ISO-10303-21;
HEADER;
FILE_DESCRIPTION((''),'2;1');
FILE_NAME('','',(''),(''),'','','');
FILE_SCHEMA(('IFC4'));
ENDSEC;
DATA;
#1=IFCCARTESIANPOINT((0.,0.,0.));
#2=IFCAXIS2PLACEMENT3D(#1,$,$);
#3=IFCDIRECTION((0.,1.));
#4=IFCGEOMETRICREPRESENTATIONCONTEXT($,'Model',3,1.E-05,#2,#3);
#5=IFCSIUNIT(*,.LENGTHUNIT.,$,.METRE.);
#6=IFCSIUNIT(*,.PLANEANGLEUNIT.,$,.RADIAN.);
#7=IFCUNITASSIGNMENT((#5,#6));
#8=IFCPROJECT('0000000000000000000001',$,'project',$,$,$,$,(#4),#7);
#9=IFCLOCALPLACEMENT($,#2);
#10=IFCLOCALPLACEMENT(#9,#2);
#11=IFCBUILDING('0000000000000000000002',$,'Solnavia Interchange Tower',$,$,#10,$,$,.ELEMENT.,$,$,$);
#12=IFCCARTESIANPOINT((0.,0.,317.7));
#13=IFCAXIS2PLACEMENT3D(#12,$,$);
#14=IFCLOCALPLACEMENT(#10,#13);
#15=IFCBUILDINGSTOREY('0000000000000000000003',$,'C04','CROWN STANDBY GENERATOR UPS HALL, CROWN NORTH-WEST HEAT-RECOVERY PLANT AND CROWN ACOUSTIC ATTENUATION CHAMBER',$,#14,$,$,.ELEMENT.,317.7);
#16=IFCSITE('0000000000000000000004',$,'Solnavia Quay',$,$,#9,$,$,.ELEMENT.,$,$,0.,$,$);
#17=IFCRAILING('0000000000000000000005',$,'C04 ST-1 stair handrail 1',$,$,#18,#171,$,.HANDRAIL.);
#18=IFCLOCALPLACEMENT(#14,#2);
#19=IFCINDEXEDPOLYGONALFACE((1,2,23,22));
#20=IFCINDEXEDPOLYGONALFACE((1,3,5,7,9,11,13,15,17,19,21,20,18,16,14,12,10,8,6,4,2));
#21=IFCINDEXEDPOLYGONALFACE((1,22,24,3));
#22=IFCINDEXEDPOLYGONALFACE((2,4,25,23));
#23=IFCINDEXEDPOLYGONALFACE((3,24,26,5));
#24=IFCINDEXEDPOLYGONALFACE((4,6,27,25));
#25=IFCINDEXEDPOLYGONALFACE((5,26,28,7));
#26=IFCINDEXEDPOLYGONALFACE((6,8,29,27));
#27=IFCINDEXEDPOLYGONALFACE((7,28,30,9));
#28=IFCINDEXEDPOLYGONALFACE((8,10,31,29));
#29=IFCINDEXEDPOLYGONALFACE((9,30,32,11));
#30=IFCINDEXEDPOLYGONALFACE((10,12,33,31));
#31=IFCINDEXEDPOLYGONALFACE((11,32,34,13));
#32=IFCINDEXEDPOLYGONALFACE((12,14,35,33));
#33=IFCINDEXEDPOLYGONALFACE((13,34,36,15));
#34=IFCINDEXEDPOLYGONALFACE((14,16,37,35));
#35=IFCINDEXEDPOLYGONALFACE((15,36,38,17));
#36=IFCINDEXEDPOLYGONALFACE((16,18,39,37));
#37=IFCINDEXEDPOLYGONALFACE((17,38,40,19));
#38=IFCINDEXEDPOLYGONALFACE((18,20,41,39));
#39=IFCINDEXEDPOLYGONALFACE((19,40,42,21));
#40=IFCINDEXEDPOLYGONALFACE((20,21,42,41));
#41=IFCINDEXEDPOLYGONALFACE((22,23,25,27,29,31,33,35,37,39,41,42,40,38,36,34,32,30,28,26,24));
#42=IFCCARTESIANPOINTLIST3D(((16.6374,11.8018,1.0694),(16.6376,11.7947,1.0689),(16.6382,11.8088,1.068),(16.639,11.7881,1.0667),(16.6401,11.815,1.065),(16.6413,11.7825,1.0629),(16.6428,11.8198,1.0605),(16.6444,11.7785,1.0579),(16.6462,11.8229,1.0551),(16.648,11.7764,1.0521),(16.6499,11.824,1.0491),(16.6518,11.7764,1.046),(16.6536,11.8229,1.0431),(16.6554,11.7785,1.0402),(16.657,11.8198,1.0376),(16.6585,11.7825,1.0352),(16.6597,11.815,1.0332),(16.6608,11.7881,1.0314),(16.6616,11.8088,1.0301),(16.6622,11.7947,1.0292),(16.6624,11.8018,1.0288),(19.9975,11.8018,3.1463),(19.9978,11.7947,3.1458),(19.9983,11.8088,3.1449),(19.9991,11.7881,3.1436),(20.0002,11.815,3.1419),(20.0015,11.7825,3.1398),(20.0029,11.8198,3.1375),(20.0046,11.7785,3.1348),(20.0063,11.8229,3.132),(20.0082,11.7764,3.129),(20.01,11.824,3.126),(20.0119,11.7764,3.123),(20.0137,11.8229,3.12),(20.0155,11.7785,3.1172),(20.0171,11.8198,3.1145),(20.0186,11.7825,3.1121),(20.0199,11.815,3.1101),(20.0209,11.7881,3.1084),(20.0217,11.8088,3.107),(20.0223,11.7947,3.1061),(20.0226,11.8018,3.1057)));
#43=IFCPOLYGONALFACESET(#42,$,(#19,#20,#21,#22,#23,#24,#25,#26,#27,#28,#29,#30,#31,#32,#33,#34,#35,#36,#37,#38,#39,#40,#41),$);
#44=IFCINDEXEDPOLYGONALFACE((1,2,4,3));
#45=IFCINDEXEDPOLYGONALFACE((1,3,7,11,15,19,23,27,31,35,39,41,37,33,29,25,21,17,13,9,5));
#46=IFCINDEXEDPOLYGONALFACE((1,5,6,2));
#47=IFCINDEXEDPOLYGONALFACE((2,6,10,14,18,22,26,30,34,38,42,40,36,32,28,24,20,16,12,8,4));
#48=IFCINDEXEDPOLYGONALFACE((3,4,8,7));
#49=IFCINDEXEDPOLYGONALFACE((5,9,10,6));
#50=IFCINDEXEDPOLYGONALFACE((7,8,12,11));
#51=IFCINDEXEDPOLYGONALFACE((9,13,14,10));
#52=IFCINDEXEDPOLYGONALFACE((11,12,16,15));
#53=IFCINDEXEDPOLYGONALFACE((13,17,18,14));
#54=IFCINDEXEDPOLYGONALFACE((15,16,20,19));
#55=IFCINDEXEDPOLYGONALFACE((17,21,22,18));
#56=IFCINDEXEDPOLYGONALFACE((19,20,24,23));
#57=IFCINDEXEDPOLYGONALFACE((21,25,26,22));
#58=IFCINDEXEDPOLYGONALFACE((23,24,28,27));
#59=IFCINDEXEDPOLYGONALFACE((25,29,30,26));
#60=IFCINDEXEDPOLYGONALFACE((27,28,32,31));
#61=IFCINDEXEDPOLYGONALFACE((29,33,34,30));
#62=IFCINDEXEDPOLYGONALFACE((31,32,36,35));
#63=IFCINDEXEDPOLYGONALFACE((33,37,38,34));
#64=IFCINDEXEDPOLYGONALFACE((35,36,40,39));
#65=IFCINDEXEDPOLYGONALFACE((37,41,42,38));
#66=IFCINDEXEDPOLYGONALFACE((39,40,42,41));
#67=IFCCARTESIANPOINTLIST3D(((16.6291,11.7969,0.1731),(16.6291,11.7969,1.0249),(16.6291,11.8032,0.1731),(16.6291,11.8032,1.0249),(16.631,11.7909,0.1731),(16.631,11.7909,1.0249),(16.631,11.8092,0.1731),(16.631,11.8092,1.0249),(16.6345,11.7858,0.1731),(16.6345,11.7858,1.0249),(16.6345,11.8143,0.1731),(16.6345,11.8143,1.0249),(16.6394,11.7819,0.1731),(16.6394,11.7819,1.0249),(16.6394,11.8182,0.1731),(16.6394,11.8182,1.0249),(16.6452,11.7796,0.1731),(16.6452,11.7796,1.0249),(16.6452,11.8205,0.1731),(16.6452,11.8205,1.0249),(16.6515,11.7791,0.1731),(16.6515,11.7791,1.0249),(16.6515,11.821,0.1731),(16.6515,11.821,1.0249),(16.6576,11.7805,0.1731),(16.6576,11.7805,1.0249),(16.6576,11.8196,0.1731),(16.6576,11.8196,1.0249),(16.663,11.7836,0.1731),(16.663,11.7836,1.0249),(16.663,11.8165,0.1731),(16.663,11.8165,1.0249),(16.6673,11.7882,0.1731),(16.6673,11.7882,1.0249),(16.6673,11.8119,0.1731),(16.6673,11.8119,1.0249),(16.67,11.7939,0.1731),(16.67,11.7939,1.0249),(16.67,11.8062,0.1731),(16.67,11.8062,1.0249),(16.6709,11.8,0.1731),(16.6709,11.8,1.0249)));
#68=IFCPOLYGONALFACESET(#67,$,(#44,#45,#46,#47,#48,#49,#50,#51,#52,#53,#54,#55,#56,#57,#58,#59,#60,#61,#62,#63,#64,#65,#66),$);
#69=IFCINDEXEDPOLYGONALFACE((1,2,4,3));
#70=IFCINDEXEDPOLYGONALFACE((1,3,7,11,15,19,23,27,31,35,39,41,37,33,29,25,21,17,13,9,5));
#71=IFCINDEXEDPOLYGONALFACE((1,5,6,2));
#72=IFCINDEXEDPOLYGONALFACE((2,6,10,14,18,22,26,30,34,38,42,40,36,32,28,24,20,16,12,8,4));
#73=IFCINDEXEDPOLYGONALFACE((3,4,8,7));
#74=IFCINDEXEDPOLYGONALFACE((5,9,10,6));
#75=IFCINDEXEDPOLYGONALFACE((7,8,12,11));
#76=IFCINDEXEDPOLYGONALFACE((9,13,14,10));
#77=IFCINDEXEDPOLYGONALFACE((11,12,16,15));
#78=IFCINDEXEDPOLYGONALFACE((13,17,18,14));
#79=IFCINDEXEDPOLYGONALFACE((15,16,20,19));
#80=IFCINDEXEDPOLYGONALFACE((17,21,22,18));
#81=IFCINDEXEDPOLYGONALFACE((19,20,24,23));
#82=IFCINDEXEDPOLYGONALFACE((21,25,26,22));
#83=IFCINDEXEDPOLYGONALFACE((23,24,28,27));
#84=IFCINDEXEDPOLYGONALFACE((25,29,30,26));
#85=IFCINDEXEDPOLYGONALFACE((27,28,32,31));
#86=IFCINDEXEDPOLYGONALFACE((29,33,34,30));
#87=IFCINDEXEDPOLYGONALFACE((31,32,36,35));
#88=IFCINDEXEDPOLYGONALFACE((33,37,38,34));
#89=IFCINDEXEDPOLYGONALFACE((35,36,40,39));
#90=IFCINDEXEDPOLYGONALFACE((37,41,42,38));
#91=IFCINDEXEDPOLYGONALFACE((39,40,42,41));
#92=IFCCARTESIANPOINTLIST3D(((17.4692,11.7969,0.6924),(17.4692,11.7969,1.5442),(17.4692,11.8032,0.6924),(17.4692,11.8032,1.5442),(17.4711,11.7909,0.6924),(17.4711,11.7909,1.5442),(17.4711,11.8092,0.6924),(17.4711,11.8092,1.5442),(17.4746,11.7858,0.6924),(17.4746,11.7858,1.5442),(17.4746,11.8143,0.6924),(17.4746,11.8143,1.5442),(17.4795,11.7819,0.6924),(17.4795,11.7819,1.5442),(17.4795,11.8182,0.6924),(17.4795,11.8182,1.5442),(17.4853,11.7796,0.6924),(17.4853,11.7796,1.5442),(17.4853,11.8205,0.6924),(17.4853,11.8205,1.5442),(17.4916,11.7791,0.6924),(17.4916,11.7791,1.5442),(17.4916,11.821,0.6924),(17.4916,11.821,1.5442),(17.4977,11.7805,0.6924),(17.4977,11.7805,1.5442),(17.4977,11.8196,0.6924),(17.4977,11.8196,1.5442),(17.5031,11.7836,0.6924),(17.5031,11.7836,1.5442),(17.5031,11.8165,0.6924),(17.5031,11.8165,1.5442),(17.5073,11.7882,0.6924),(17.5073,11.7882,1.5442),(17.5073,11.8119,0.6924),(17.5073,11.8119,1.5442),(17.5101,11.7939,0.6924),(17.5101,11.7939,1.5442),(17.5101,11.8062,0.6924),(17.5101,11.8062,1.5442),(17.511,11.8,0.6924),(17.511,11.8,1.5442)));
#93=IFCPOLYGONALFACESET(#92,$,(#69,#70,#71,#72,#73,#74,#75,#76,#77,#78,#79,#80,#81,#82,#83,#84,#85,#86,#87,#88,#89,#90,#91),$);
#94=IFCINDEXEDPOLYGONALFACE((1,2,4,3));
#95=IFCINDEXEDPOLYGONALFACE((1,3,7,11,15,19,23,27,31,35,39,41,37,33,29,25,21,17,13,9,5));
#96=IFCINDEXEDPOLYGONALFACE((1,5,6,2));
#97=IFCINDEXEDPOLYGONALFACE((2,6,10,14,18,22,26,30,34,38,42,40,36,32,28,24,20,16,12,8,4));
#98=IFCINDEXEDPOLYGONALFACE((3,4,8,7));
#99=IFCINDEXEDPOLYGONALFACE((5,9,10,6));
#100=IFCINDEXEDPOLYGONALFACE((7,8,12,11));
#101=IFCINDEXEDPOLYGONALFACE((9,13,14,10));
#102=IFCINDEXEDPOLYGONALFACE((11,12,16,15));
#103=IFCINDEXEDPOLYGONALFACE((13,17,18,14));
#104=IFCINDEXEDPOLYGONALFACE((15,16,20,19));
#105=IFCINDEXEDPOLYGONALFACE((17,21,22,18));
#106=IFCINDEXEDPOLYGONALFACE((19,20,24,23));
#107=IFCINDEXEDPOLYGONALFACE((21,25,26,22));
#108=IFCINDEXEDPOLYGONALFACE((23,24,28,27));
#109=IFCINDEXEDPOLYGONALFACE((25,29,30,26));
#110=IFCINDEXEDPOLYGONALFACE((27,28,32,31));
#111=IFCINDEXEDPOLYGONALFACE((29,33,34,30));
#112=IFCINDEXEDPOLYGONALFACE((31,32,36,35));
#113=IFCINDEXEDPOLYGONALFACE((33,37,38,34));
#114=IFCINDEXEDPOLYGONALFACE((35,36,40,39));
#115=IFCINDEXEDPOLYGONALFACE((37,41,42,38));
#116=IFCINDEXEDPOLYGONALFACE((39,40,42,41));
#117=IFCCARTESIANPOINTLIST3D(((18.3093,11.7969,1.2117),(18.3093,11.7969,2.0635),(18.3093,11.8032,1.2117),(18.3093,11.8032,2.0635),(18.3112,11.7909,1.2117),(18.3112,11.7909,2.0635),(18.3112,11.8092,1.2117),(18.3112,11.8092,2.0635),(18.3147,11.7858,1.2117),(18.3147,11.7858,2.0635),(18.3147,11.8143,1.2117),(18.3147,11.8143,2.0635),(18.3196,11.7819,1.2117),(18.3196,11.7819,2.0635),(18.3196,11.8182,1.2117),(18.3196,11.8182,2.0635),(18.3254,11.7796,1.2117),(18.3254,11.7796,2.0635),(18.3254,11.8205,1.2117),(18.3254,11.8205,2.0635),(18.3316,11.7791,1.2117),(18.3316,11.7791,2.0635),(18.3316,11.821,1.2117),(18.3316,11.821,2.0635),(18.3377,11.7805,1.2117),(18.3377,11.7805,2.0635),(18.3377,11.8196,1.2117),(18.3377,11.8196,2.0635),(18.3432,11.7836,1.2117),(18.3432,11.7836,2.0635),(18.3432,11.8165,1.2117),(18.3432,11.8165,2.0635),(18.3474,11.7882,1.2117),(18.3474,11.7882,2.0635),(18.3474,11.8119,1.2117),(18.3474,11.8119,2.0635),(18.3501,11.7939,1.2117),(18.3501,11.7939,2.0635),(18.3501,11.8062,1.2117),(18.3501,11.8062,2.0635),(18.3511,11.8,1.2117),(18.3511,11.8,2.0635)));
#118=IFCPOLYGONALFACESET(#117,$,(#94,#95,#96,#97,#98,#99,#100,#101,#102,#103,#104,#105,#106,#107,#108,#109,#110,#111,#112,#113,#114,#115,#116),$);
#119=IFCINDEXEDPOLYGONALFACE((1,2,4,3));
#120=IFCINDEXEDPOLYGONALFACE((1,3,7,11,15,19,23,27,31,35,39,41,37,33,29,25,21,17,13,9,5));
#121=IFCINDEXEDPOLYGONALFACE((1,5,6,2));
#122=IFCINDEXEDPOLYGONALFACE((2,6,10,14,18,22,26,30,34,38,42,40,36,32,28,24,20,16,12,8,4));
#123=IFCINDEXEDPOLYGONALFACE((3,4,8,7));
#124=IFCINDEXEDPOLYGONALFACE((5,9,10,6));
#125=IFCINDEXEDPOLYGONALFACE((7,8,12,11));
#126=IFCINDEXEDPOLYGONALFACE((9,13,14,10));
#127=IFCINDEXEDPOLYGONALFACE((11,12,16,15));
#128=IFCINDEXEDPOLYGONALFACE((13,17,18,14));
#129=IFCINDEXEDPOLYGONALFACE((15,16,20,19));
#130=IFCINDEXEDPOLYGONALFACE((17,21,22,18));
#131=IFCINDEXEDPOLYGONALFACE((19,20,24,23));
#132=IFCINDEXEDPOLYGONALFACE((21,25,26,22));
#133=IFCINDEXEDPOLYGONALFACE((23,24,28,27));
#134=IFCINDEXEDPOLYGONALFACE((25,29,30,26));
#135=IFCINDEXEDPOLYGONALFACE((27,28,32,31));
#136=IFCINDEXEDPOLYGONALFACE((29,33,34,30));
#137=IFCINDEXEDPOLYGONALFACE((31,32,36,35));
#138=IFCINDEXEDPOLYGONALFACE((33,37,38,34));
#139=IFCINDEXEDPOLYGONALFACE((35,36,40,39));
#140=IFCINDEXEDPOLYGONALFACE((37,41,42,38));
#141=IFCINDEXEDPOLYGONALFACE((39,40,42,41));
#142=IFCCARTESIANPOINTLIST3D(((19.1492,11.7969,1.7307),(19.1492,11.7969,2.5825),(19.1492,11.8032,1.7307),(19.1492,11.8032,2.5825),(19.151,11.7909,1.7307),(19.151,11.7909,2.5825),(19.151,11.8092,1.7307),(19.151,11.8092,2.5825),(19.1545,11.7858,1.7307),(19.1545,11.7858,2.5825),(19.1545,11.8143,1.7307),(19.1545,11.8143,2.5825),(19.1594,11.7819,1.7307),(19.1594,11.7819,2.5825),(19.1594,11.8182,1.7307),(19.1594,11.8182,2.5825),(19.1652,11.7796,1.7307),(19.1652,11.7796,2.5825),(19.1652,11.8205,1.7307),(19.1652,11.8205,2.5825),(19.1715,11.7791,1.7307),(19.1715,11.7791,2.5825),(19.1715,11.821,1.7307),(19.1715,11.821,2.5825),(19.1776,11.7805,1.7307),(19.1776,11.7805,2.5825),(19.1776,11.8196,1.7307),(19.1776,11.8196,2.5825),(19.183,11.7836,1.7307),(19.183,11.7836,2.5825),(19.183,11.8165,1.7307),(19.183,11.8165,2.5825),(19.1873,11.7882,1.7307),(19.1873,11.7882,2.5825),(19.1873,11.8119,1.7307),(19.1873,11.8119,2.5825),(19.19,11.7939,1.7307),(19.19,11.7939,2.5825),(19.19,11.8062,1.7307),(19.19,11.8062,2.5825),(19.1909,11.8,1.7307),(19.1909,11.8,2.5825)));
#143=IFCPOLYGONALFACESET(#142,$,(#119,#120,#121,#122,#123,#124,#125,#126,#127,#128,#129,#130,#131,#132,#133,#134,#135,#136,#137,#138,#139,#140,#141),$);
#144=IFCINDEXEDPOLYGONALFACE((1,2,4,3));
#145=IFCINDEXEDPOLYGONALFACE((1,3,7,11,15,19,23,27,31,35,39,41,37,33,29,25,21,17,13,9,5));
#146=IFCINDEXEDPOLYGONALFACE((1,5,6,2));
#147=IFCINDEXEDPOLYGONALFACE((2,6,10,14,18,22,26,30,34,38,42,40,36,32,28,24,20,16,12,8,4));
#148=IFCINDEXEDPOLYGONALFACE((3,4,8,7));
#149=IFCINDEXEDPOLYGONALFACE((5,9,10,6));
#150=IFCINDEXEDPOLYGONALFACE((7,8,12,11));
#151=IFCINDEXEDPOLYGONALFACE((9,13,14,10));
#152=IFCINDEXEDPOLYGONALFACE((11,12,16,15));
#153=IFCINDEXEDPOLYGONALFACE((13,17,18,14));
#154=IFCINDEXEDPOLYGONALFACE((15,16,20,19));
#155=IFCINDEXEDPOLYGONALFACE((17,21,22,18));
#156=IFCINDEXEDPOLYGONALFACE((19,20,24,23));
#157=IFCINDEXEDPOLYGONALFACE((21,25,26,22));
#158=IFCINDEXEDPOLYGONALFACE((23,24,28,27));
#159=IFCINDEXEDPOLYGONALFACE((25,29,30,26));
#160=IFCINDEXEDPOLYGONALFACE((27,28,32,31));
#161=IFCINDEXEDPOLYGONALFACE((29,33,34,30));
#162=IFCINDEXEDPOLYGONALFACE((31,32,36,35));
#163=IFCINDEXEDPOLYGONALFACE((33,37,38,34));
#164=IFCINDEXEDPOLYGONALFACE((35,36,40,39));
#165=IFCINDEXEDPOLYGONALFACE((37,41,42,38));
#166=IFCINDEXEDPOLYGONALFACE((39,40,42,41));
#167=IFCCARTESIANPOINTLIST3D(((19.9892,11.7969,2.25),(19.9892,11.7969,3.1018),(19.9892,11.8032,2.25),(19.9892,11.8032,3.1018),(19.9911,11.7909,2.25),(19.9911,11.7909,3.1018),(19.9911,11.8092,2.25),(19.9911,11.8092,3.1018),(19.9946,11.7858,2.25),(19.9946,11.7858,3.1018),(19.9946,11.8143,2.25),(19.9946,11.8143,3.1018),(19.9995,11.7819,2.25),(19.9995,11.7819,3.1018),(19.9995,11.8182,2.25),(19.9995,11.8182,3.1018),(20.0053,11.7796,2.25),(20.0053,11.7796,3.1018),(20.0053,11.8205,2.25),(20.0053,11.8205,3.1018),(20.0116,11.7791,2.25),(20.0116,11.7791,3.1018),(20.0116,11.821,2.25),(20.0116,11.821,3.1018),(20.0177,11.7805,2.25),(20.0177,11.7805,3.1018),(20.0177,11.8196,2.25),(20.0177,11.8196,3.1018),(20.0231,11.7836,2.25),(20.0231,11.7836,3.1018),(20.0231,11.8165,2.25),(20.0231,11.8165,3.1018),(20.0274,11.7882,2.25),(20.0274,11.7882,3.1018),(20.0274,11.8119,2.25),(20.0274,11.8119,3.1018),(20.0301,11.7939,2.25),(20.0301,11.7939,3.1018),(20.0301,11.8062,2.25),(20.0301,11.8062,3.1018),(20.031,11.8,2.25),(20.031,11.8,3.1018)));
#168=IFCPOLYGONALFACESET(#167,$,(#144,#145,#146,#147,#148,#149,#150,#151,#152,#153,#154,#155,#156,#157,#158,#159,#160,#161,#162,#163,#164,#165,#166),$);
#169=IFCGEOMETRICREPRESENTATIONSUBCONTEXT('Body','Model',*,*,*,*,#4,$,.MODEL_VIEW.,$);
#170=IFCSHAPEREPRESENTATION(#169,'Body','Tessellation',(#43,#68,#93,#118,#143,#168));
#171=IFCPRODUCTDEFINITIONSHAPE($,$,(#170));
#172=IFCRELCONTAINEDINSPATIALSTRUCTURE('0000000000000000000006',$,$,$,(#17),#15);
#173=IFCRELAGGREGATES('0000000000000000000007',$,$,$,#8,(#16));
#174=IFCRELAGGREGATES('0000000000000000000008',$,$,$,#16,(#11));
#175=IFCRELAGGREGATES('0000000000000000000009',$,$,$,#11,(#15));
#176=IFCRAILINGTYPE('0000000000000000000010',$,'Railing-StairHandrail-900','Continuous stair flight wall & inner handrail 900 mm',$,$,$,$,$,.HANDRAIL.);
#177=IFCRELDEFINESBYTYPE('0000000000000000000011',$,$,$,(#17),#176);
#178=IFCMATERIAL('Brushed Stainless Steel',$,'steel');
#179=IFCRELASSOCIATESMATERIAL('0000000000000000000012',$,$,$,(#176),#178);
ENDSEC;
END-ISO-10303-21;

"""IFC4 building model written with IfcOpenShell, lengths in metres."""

from ifc_helpers import new_model, si_unit, direction, frame, origin, origin_2d, place, context, subcontext, project, spatial, circle, extrude, material, type_object, element, save


model = new_model("IFC4")

# Units and contexts
model_context = context("Model", 3, precision=1e-05, world=origin(), true_north=direction((0.0, 1.0)))
body_context = subcontext(model_context, "Body", "Model", "MODEL_VIEW")
ifc_project = project(units=[si_unit("LENGTHUNIT", "METRE"), si_unit("PLANEANGLEUNIT", "RADIAN")], contexts=[model_context])

# Site, building, storey
site_placement = place(None, origin())
site = spatial("IfcSite", under=ifc_project, at=site_placement, Name="Solnavia Quay", CompositionType="ELEMENT", RefElevation=0.0)
building_placement = place(site_placement, origin())
building = spatial("IfcBuilding", under=site, at=building_placement, Name="Solnavia Interchange Tower", CompositionType="ELEMENT")
storey_placement = place(building_placement, frame((0.0, 0.0, 317.7)))
storey = spatial("IfcBuildingStorey", under=building, at=storey_placement, Name="C04", Description="CROWN STANDBY GENERATOR UPS HALL, CROWN NORTH-WEST HEAT-RECOVERY PLANT AND CROWN ACOUSTIC ATTENUATION CHAMBER", CompositionType="ELEMENT", Elevation=317.7)

# Railing
ifc_material_1 = material(Name="Brushed Stainless Steel", Category="steel")
railing_type_1 = type_object("IfcRailingType", Name="Railing-StairHandrail-900", Description="Continuous stair flight wall & inner handrail 900 mm", PredefinedType="HANDRAIL", material=ifc_material_1)
railing_1_placement = place(storey_placement, frame((16.6499, 11.8, 0.1731)))
element("IfcRailing", 1, at=railing_1_placement, inside=storey, type_object=railing_type_1, Name="C04 ST-1 stair handrail 1", PredefinedType="HANDRAIL", context=body_context, shape_type="SweptSolid", body=[
    extrude(circle(Radius=0.0239, at=origin_2d()), frame((0.0, 0.0, 0.876), z_axis=(0.850623, 0.0, 0.525776), x_axis=(0.0, 1.0, 0.0)), (0.0, 0.0, 1.0), 3.9502),
    extrude(circle(Radius=0.021, at=origin_2d()), origin(), (0.0, 0.0, 1.0), 0.8518),
    extrude(circle(Radius=0.021, at=origin_2d()), frame((0.8401, 0.0, 0.5193)), (0.0, 0.0, 1.0), 0.8518),
    extrude(circle(Radius=0.021, at=origin_2d()), frame((1.6802, 0.0, 1.0386)), (0.0, 0.0, 1.0), 0.8518),
    extrude(circle(Radius=0.021, at=origin_2d()), frame((2.52, 0.0, 1.5576)), (0.0, 0.0, 1.0), 0.8518),
    extrude(circle(Radius=0.021, at=origin_2d()), frame((3.3601, 0.0, 2.0769)), (0.0, 0.0, 1.0), 0.8518),
])

save(model, "model.ifc")
